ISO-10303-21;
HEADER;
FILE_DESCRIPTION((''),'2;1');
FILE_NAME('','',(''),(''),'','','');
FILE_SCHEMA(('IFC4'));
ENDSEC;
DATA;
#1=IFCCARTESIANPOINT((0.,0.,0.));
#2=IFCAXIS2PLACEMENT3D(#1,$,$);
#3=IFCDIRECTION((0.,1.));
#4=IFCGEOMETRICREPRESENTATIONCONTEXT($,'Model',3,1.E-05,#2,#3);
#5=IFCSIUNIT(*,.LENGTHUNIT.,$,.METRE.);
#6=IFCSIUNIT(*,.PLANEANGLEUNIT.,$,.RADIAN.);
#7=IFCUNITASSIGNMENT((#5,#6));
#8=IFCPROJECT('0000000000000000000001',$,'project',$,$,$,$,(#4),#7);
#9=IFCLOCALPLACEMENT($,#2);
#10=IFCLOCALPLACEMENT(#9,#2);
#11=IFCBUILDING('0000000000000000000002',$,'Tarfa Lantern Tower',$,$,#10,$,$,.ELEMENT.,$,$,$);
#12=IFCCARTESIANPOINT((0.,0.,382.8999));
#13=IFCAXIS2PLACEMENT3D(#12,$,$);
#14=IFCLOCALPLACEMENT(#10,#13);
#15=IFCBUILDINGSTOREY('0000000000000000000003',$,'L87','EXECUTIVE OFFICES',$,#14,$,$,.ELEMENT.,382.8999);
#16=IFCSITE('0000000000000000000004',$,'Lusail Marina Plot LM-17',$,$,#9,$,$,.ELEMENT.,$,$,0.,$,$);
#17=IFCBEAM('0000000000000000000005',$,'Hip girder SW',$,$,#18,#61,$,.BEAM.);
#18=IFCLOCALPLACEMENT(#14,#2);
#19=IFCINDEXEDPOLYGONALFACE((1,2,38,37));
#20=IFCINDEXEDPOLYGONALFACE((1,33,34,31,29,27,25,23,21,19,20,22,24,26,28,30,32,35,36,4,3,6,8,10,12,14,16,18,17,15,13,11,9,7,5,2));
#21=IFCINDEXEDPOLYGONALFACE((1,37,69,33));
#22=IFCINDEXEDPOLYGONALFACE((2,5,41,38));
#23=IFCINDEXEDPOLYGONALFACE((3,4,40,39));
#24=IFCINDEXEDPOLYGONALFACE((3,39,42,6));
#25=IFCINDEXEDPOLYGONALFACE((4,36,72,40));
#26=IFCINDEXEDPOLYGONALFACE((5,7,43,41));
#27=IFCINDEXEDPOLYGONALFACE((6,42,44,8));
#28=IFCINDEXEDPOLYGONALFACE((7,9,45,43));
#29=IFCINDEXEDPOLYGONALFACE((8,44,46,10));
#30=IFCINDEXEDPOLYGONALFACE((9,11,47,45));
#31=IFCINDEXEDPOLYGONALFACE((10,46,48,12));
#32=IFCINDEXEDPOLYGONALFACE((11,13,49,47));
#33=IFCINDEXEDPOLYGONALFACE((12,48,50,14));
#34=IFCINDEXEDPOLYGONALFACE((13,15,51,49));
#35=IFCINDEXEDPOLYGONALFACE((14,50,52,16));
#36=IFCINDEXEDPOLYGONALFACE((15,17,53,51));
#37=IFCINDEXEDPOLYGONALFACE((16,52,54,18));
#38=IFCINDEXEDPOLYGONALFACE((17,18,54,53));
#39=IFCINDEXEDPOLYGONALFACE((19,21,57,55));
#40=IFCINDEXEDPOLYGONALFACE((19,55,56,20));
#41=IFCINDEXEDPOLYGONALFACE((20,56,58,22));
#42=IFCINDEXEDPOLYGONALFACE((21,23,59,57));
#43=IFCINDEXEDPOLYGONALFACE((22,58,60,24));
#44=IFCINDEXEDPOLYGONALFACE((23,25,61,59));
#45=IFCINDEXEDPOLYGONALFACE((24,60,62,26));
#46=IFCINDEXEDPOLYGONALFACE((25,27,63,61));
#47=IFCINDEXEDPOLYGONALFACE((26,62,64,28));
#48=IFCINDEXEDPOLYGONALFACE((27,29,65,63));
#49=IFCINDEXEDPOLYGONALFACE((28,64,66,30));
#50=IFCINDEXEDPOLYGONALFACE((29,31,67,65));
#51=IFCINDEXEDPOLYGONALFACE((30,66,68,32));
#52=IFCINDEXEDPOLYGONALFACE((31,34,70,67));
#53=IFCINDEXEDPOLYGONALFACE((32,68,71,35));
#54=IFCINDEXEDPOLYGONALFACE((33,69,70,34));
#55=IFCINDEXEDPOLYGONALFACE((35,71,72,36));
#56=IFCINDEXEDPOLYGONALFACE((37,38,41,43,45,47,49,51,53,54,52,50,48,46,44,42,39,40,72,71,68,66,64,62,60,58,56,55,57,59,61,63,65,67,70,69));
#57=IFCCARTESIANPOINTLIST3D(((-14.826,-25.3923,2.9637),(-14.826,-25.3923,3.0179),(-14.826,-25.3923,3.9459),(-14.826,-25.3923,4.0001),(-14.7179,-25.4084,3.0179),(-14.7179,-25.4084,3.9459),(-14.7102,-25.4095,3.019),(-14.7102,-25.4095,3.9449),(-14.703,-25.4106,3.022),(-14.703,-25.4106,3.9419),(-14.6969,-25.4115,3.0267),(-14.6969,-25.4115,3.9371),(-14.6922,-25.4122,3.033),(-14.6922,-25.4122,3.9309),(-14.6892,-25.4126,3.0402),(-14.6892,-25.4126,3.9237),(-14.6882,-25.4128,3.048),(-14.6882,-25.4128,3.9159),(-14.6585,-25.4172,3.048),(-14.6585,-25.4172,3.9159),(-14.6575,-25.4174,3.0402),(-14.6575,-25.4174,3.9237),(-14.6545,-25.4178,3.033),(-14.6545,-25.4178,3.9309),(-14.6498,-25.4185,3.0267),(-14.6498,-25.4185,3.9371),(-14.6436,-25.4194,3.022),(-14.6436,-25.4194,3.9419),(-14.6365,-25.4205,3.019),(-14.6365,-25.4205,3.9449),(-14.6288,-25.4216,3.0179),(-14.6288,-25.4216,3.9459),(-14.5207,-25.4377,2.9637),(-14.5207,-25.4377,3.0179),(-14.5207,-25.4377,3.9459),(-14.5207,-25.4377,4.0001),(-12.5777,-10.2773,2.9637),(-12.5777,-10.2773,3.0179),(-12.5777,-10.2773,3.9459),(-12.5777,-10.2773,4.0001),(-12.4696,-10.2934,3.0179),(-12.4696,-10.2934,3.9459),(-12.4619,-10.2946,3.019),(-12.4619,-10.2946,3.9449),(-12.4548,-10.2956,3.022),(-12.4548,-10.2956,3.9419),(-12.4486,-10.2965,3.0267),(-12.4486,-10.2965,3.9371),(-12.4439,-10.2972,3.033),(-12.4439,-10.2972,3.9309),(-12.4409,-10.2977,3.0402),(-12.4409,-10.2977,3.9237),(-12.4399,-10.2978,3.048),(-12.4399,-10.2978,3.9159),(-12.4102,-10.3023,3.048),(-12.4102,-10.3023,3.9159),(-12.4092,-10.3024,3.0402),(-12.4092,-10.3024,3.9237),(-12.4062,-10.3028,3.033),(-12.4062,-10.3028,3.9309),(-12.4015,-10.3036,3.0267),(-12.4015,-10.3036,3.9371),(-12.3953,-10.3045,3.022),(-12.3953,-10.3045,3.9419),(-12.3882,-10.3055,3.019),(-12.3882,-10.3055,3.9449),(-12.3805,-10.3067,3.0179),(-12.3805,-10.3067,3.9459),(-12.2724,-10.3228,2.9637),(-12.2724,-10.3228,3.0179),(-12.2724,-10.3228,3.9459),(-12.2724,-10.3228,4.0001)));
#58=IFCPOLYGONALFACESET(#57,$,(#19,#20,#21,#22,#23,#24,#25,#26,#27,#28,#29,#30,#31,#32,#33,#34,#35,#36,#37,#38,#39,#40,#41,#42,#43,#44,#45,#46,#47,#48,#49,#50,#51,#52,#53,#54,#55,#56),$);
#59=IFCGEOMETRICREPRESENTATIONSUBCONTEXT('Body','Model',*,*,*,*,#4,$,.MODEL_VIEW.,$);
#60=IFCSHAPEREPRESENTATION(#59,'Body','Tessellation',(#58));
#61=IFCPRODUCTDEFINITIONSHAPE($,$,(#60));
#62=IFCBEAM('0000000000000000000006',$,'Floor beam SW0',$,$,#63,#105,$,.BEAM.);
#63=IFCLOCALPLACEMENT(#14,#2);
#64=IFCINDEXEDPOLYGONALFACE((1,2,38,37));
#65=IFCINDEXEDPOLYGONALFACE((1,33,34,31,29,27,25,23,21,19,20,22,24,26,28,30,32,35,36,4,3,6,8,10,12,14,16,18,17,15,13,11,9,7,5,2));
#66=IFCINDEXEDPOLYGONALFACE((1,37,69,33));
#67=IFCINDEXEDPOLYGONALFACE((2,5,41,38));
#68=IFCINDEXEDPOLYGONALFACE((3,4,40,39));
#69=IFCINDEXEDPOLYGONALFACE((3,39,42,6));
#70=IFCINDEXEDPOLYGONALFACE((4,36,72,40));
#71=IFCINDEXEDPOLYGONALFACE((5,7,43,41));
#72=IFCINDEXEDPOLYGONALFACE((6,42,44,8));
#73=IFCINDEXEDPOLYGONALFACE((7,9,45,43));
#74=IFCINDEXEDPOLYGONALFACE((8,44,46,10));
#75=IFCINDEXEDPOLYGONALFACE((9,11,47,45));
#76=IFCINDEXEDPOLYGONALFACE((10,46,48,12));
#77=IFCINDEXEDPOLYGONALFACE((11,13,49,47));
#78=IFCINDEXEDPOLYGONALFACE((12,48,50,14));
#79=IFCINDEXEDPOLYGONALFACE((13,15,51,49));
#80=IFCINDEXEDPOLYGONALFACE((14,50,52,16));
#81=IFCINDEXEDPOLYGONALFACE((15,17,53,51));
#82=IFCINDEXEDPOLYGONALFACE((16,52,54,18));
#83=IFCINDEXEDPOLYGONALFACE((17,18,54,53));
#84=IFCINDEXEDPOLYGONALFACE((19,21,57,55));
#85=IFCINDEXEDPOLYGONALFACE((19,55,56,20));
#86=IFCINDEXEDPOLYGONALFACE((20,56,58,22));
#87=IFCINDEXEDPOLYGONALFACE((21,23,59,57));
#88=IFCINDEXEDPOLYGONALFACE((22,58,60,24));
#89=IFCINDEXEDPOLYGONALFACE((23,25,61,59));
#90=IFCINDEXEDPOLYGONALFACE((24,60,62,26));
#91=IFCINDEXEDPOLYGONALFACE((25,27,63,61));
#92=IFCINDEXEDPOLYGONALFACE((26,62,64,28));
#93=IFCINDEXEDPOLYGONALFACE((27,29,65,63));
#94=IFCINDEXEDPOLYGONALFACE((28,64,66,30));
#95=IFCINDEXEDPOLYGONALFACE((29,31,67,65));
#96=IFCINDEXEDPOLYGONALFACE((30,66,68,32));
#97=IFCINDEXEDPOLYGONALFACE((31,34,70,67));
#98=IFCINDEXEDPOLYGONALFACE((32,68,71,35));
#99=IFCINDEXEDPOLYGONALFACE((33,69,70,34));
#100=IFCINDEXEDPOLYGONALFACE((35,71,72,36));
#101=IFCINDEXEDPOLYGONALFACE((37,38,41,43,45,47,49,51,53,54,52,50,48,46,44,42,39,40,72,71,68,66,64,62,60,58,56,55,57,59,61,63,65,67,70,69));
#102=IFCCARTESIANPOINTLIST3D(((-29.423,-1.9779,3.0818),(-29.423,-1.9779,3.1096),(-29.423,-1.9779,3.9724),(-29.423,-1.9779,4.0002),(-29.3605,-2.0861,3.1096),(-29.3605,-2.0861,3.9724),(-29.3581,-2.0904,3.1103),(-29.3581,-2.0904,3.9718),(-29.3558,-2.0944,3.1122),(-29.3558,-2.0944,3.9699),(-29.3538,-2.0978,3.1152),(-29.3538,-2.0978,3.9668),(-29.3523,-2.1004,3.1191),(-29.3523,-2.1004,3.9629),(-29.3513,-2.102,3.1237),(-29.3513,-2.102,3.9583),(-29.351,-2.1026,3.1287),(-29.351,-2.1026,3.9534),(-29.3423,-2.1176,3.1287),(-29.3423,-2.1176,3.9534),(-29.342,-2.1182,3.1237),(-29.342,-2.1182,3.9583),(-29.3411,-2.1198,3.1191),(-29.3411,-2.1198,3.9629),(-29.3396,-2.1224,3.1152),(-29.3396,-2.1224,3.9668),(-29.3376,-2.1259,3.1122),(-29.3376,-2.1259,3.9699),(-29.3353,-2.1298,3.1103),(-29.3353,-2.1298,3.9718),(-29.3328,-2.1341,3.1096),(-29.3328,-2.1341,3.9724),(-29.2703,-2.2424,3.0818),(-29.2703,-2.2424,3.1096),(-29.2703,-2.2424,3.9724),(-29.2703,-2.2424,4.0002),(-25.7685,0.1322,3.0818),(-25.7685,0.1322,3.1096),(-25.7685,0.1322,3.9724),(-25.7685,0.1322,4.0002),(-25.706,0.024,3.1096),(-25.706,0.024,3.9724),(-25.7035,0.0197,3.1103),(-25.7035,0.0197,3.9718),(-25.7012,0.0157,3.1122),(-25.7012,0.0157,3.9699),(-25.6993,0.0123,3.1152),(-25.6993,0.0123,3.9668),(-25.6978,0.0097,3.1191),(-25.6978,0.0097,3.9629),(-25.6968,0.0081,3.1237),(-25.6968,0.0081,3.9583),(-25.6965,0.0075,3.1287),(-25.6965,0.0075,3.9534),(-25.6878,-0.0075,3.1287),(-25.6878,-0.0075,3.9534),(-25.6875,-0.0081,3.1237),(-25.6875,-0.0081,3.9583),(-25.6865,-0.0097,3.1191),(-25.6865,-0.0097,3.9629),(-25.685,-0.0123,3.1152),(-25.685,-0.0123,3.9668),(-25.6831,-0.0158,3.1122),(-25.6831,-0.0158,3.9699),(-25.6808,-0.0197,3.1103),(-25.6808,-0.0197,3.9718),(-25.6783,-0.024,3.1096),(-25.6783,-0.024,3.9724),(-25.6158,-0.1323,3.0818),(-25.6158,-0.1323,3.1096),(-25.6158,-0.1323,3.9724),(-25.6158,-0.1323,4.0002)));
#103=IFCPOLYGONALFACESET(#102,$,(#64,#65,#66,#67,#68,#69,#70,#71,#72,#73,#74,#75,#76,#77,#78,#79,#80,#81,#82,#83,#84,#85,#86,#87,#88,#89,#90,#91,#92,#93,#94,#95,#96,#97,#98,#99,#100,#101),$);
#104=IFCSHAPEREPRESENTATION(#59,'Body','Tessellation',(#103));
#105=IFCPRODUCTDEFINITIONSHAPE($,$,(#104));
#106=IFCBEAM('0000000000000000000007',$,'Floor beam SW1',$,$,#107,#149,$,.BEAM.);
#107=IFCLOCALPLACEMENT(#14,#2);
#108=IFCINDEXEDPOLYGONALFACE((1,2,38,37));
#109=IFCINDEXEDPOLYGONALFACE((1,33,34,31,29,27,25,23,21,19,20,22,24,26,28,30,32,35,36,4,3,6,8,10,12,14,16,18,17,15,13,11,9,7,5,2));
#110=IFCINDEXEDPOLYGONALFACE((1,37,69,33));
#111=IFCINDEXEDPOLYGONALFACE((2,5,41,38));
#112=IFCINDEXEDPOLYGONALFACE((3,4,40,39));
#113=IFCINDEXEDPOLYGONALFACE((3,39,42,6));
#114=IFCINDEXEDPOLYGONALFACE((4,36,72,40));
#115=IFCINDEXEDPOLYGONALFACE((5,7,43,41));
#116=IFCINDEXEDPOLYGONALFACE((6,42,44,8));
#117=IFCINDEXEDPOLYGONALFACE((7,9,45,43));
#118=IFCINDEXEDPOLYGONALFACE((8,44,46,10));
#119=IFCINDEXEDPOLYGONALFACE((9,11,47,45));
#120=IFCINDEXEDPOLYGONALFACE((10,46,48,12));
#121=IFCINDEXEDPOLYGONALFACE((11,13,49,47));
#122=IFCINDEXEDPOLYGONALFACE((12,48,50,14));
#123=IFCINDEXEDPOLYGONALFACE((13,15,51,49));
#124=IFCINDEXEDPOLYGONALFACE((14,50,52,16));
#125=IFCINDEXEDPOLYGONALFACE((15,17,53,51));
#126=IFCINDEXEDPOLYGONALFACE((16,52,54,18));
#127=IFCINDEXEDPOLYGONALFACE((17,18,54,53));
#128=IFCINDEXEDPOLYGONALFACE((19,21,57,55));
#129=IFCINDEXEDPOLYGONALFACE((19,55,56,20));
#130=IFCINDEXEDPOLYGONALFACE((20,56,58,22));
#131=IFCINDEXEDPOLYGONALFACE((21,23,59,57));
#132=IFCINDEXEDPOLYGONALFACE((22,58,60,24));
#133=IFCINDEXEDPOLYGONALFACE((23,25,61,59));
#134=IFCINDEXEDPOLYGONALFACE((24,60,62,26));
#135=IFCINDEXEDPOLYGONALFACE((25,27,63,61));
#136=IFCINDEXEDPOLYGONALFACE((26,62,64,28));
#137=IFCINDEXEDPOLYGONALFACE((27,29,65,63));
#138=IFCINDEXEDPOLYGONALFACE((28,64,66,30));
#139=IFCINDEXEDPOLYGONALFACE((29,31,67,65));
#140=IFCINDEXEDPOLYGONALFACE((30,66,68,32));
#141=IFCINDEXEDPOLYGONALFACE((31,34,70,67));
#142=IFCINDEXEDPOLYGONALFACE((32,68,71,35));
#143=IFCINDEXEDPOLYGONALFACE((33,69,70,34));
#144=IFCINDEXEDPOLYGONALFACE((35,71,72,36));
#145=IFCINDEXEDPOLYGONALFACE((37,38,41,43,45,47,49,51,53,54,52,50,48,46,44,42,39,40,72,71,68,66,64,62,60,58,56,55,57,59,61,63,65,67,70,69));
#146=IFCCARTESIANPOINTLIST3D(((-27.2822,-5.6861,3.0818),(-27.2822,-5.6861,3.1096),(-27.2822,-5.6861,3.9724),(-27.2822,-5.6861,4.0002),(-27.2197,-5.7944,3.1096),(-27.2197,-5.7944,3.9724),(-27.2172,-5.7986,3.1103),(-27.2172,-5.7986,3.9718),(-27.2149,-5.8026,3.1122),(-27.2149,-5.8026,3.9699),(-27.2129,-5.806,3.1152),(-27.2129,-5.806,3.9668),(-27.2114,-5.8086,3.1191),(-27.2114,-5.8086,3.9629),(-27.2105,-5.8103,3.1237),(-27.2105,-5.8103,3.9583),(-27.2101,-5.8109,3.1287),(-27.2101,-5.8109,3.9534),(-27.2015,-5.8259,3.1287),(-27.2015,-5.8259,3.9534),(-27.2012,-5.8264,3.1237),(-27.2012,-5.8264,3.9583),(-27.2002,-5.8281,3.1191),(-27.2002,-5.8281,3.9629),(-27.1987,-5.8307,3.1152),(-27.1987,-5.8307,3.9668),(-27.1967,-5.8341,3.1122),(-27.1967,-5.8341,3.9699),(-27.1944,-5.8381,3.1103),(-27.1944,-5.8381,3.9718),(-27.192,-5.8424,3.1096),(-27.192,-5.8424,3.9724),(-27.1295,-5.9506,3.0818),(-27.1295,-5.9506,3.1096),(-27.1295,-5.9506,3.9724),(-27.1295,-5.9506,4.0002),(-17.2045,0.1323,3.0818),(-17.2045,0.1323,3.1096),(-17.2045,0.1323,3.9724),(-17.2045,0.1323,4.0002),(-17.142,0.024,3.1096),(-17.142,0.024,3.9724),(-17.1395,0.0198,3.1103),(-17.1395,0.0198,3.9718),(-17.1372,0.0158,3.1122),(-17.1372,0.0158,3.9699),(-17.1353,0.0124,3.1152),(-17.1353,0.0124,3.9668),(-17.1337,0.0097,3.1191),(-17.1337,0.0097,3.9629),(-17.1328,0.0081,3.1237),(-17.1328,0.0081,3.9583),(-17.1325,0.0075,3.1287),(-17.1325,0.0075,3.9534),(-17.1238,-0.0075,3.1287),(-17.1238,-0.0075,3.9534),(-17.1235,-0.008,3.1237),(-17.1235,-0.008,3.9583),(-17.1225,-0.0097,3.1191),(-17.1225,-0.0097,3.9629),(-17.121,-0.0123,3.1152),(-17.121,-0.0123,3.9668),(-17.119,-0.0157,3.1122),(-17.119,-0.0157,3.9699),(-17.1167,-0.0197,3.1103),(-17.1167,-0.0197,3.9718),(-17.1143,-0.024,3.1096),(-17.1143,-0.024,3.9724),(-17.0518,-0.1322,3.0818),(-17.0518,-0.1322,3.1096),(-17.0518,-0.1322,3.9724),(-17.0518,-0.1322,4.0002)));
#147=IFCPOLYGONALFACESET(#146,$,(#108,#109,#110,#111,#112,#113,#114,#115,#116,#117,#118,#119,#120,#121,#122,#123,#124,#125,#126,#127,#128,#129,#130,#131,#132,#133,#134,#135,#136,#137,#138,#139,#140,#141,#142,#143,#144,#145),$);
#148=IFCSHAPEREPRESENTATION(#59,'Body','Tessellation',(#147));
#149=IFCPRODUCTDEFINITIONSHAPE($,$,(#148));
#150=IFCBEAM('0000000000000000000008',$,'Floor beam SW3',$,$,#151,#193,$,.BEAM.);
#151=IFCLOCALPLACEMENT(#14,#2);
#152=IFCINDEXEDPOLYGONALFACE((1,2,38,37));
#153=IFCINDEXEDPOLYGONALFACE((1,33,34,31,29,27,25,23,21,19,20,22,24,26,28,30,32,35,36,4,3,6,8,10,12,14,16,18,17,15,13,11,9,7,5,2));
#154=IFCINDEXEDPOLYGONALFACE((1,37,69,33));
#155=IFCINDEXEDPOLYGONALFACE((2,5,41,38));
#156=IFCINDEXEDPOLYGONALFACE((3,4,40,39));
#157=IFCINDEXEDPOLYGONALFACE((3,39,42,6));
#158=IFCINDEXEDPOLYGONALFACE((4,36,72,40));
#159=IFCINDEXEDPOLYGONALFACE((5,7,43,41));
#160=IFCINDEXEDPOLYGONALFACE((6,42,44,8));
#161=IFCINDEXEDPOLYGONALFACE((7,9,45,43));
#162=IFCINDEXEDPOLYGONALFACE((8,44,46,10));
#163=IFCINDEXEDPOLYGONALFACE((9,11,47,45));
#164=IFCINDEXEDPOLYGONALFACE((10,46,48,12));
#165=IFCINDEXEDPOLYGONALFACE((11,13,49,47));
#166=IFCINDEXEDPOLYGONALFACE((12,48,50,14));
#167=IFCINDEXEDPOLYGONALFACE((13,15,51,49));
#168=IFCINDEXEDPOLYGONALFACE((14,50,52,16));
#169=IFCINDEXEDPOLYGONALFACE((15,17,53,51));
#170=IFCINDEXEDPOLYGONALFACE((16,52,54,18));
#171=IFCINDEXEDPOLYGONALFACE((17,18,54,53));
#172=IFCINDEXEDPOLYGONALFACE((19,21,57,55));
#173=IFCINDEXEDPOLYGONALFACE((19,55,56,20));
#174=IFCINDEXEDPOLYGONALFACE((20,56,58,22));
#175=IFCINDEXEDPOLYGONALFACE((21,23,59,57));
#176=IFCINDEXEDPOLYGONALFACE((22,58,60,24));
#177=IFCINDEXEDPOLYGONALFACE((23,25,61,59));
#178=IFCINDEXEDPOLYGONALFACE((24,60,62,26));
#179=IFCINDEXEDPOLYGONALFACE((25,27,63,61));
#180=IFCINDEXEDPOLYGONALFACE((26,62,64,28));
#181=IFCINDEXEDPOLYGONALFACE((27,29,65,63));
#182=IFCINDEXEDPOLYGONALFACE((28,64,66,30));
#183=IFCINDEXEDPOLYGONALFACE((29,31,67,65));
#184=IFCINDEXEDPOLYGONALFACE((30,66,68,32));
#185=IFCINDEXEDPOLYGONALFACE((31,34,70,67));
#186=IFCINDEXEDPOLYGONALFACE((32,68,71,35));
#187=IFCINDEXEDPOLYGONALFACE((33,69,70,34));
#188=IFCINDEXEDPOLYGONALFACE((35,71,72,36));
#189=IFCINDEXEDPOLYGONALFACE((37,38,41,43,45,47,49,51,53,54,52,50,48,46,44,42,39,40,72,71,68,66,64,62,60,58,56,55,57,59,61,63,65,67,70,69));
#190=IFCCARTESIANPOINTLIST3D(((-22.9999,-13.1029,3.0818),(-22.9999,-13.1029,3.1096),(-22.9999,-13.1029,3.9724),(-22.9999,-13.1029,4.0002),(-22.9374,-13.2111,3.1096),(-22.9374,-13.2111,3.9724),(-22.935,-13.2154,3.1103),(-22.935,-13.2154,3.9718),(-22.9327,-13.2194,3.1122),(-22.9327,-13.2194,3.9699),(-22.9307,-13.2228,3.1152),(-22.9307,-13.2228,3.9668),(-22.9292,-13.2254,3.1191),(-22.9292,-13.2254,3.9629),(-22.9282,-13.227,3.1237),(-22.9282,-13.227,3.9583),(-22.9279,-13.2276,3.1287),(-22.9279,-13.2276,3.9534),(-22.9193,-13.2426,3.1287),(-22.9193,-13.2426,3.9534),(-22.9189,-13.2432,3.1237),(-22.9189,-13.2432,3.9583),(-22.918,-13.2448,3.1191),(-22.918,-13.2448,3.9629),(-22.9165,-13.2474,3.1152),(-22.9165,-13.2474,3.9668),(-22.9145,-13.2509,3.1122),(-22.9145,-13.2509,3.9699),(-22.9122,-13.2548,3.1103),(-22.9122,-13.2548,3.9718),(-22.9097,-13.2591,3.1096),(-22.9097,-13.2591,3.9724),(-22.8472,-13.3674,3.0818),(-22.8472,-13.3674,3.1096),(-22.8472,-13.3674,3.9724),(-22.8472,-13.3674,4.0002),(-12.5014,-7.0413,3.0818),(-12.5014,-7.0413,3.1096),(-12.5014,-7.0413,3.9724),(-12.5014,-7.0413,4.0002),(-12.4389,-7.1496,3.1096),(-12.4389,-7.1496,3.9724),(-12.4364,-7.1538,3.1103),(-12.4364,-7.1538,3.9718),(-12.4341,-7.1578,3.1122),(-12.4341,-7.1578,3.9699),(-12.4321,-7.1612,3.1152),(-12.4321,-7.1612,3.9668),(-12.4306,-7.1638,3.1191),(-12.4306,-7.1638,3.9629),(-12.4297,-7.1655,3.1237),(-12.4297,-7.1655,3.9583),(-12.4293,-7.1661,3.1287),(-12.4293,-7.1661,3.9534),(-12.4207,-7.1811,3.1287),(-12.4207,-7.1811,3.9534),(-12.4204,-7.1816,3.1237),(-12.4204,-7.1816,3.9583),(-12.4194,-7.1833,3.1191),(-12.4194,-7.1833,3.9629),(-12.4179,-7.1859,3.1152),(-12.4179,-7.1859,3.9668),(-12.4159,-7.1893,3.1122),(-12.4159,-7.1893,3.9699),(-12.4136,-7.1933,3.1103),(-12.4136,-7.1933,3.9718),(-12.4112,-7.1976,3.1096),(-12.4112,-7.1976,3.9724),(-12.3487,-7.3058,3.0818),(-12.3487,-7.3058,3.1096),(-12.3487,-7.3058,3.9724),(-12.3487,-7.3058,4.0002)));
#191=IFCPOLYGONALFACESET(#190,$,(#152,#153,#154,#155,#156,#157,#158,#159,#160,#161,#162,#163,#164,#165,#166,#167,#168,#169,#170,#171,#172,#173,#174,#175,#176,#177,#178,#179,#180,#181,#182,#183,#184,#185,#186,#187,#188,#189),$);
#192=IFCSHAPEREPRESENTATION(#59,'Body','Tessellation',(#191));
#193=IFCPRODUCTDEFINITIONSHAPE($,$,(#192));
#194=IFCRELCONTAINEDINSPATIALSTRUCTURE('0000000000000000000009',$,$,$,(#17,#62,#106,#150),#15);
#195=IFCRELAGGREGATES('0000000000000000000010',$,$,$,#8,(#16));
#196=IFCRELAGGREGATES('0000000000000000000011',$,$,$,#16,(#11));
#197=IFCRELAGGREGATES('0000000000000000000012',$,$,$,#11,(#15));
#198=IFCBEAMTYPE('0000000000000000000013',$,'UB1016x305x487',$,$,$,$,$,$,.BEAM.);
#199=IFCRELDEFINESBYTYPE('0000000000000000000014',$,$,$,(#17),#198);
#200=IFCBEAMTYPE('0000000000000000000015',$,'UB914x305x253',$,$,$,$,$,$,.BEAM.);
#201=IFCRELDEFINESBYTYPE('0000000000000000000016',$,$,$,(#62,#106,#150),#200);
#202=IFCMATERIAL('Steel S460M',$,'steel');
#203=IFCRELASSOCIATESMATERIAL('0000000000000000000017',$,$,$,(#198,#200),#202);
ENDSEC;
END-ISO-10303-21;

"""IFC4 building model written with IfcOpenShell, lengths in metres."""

from ifc_helpers import new_model, si_unit, direction, frame, origin, origin_2d, place, context, subcontext, project, spatial, i_section, extrude, material, material_profile, profile_set, type_object, element, save


model = new_model("IFC4")

# Units and contexts
model_context = context("Model", 3, precision=1e-05, world=origin(), true_north=direction((0.0, 1.0)))
body_context = subcontext(model_context, "Body", "Model", "MODEL_VIEW")
ifc_project = project(units=[si_unit("LENGTHUNIT", "METRE"), si_unit("PLANEANGLEUNIT", "RADIAN")], contexts=[model_context])

# Site, building, storey
site_placement = place(None, origin())
site = spatial("IfcSite", under=ifc_project, at=site_placement, Name="Lusail Marina Plot LM-17", CompositionType="ELEMENT", RefElevation=0.0)
building_placement = place(site_placement, origin())
building = spatial("IfcBuilding", under=site, at=building_placement, Name="Tarfa Lantern Tower", CompositionType="ELEMENT")
storey_placement = place(building_placement, frame((0.0, 0.0, 382.8999)))
storey = spatial("IfcBuildingStorey", under=building, at=storey_placement, Name="L87", Description="EXECUTIVE OFFICES", CompositionType="ELEMENT", Elevation=382.8999)

# Beams
ifc_material_1 = material(Name="Steel S460M", Category="steel")
ifc_material_profile_1 = material_profile(ifc_material_1, i_section(OverallWidth=0.3086, OverallDepth=1.0364, WebThickness=0.03, FlangeThickness=0.0542, FilletRadius=0.03, at=origin_2d()), Name="UB1016x305x487")
ifc_profile_set_1 = profile_set([ifc_material_profile_1], Name="Steel S460M")
beam_type_1 = type_object("IfcBeamType", Name="UB1016x305x487", PredefinedType="BEAM", material=ifc_profile_set_1)
beam_1_placement = place(storey_placement, frame((-12.425, -10.3, 3.4819), z_axis=(-0.147127, -0.989118, 0.0), x_axis=(0.989118, -0.147127, 0.0)))
element("IfcBeam", 1, at=beam_1_placement, inside=storey, type_object=beam_type_1, Name="Hip girder SW", PredefinedType="BEAM", context=body_context, shape_type="SweptSolid", body=[
    extrude(i_section(OverallWidth=0.3086, OverallDepth=1.0364, WebThickness=0.03, FlangeThickness=0.0542, FilletRadius=0.03, at=origin_2d()), origin(), (0.0, 0.0, 1.0), 15.2812),
])
ifc_material_profile_2 = material_profile(ifc_material_1, i_section(OverallWidth=0.3054, OverallDepth=0.9185, WebThickness=0.0173, FlangeThickness=0.0278, FilletRadius=0.019, at=origin_2d()), Name="UB914x305x253")
ifc_profile_set_2 = profile_set([ifc_material_profile_2], Name="Steel S460M")
beam_type_2 = type_object("IfcBeamType", Name="UB914x305x253", PredefinedType="BEAM", material=ifc_profile_set_2)
beam_2_placement = place(storey_placement, frame((-29.3467, -2.1101, 3.541), z_axis=(0.866009, 0.500028, 0.0), x_axis=(-0.500028, 0.866009, 0.0)))
element("IfcBeam", 2, at=beam_2_placement, inside=storey, type_object=beam_type_2, Name="Floor beam SW0", PredefinedType="BEAM", context=body_context, shape_type="SweptSolid", body=[
    extrude(i_section(OverallWidth=0.3054, OverallDepth=0.9185, WebThickness=0.0173, FlangeThickness=0.0278, FilletRadius=0.019, at=origin_2d()), origin(), (0.0, 0.0, 1.0), 4.22),
])
beam_3_placement = place(storey_placement, frame((-27.2058, -5.8184, 3.541), z_axis=(0.866024, 0.500002, 0.0), x_axis=(-0.500002, 0.866024, 0.0)))
element("IfcBeam", 3, at=beam_3_placement, inside=storey, type_object=beam_type_2, Name="Floor beam SW1", PredefinedType="BEAM", context=body_context, shape_type="SweptSolid", body=[
    extrude(i_section(OverallWidth=0.3054, OverallDepth=0.9185, WebThickness=0.0173, FlangeThickness=0.0278, FilletRadius=0.019, at=origin_2d()), origin(), (0.0, 0.0, 1.0), 11.6367),
])
beam_4_placement = place(storey_placement, frame((-22.9236, -13.2351, 3.541), z_axis=(0.866019, 0.500012, 0.0), x_axis=(-0.500012, 0.866019, 0.0)))
element("IfcBeam", 4, at=beam_4_placement, inside=storey, type_object=beam_type_2, Name="Floor beam SW3", PredefinedType="BEAM", context=body_context, shape_type="SweptSolid", body=[
    extrude(i_section(OverallWidth=0.3054, OverallDepth=0.9185, WebThickness=0.0173, FlangeThickness=0.0278, FilletRadius=0.019, at=origin_2d()), origin(), (0.0, 0.0, 1.0), 12.1228),
])

save(model, "model.ifc")
